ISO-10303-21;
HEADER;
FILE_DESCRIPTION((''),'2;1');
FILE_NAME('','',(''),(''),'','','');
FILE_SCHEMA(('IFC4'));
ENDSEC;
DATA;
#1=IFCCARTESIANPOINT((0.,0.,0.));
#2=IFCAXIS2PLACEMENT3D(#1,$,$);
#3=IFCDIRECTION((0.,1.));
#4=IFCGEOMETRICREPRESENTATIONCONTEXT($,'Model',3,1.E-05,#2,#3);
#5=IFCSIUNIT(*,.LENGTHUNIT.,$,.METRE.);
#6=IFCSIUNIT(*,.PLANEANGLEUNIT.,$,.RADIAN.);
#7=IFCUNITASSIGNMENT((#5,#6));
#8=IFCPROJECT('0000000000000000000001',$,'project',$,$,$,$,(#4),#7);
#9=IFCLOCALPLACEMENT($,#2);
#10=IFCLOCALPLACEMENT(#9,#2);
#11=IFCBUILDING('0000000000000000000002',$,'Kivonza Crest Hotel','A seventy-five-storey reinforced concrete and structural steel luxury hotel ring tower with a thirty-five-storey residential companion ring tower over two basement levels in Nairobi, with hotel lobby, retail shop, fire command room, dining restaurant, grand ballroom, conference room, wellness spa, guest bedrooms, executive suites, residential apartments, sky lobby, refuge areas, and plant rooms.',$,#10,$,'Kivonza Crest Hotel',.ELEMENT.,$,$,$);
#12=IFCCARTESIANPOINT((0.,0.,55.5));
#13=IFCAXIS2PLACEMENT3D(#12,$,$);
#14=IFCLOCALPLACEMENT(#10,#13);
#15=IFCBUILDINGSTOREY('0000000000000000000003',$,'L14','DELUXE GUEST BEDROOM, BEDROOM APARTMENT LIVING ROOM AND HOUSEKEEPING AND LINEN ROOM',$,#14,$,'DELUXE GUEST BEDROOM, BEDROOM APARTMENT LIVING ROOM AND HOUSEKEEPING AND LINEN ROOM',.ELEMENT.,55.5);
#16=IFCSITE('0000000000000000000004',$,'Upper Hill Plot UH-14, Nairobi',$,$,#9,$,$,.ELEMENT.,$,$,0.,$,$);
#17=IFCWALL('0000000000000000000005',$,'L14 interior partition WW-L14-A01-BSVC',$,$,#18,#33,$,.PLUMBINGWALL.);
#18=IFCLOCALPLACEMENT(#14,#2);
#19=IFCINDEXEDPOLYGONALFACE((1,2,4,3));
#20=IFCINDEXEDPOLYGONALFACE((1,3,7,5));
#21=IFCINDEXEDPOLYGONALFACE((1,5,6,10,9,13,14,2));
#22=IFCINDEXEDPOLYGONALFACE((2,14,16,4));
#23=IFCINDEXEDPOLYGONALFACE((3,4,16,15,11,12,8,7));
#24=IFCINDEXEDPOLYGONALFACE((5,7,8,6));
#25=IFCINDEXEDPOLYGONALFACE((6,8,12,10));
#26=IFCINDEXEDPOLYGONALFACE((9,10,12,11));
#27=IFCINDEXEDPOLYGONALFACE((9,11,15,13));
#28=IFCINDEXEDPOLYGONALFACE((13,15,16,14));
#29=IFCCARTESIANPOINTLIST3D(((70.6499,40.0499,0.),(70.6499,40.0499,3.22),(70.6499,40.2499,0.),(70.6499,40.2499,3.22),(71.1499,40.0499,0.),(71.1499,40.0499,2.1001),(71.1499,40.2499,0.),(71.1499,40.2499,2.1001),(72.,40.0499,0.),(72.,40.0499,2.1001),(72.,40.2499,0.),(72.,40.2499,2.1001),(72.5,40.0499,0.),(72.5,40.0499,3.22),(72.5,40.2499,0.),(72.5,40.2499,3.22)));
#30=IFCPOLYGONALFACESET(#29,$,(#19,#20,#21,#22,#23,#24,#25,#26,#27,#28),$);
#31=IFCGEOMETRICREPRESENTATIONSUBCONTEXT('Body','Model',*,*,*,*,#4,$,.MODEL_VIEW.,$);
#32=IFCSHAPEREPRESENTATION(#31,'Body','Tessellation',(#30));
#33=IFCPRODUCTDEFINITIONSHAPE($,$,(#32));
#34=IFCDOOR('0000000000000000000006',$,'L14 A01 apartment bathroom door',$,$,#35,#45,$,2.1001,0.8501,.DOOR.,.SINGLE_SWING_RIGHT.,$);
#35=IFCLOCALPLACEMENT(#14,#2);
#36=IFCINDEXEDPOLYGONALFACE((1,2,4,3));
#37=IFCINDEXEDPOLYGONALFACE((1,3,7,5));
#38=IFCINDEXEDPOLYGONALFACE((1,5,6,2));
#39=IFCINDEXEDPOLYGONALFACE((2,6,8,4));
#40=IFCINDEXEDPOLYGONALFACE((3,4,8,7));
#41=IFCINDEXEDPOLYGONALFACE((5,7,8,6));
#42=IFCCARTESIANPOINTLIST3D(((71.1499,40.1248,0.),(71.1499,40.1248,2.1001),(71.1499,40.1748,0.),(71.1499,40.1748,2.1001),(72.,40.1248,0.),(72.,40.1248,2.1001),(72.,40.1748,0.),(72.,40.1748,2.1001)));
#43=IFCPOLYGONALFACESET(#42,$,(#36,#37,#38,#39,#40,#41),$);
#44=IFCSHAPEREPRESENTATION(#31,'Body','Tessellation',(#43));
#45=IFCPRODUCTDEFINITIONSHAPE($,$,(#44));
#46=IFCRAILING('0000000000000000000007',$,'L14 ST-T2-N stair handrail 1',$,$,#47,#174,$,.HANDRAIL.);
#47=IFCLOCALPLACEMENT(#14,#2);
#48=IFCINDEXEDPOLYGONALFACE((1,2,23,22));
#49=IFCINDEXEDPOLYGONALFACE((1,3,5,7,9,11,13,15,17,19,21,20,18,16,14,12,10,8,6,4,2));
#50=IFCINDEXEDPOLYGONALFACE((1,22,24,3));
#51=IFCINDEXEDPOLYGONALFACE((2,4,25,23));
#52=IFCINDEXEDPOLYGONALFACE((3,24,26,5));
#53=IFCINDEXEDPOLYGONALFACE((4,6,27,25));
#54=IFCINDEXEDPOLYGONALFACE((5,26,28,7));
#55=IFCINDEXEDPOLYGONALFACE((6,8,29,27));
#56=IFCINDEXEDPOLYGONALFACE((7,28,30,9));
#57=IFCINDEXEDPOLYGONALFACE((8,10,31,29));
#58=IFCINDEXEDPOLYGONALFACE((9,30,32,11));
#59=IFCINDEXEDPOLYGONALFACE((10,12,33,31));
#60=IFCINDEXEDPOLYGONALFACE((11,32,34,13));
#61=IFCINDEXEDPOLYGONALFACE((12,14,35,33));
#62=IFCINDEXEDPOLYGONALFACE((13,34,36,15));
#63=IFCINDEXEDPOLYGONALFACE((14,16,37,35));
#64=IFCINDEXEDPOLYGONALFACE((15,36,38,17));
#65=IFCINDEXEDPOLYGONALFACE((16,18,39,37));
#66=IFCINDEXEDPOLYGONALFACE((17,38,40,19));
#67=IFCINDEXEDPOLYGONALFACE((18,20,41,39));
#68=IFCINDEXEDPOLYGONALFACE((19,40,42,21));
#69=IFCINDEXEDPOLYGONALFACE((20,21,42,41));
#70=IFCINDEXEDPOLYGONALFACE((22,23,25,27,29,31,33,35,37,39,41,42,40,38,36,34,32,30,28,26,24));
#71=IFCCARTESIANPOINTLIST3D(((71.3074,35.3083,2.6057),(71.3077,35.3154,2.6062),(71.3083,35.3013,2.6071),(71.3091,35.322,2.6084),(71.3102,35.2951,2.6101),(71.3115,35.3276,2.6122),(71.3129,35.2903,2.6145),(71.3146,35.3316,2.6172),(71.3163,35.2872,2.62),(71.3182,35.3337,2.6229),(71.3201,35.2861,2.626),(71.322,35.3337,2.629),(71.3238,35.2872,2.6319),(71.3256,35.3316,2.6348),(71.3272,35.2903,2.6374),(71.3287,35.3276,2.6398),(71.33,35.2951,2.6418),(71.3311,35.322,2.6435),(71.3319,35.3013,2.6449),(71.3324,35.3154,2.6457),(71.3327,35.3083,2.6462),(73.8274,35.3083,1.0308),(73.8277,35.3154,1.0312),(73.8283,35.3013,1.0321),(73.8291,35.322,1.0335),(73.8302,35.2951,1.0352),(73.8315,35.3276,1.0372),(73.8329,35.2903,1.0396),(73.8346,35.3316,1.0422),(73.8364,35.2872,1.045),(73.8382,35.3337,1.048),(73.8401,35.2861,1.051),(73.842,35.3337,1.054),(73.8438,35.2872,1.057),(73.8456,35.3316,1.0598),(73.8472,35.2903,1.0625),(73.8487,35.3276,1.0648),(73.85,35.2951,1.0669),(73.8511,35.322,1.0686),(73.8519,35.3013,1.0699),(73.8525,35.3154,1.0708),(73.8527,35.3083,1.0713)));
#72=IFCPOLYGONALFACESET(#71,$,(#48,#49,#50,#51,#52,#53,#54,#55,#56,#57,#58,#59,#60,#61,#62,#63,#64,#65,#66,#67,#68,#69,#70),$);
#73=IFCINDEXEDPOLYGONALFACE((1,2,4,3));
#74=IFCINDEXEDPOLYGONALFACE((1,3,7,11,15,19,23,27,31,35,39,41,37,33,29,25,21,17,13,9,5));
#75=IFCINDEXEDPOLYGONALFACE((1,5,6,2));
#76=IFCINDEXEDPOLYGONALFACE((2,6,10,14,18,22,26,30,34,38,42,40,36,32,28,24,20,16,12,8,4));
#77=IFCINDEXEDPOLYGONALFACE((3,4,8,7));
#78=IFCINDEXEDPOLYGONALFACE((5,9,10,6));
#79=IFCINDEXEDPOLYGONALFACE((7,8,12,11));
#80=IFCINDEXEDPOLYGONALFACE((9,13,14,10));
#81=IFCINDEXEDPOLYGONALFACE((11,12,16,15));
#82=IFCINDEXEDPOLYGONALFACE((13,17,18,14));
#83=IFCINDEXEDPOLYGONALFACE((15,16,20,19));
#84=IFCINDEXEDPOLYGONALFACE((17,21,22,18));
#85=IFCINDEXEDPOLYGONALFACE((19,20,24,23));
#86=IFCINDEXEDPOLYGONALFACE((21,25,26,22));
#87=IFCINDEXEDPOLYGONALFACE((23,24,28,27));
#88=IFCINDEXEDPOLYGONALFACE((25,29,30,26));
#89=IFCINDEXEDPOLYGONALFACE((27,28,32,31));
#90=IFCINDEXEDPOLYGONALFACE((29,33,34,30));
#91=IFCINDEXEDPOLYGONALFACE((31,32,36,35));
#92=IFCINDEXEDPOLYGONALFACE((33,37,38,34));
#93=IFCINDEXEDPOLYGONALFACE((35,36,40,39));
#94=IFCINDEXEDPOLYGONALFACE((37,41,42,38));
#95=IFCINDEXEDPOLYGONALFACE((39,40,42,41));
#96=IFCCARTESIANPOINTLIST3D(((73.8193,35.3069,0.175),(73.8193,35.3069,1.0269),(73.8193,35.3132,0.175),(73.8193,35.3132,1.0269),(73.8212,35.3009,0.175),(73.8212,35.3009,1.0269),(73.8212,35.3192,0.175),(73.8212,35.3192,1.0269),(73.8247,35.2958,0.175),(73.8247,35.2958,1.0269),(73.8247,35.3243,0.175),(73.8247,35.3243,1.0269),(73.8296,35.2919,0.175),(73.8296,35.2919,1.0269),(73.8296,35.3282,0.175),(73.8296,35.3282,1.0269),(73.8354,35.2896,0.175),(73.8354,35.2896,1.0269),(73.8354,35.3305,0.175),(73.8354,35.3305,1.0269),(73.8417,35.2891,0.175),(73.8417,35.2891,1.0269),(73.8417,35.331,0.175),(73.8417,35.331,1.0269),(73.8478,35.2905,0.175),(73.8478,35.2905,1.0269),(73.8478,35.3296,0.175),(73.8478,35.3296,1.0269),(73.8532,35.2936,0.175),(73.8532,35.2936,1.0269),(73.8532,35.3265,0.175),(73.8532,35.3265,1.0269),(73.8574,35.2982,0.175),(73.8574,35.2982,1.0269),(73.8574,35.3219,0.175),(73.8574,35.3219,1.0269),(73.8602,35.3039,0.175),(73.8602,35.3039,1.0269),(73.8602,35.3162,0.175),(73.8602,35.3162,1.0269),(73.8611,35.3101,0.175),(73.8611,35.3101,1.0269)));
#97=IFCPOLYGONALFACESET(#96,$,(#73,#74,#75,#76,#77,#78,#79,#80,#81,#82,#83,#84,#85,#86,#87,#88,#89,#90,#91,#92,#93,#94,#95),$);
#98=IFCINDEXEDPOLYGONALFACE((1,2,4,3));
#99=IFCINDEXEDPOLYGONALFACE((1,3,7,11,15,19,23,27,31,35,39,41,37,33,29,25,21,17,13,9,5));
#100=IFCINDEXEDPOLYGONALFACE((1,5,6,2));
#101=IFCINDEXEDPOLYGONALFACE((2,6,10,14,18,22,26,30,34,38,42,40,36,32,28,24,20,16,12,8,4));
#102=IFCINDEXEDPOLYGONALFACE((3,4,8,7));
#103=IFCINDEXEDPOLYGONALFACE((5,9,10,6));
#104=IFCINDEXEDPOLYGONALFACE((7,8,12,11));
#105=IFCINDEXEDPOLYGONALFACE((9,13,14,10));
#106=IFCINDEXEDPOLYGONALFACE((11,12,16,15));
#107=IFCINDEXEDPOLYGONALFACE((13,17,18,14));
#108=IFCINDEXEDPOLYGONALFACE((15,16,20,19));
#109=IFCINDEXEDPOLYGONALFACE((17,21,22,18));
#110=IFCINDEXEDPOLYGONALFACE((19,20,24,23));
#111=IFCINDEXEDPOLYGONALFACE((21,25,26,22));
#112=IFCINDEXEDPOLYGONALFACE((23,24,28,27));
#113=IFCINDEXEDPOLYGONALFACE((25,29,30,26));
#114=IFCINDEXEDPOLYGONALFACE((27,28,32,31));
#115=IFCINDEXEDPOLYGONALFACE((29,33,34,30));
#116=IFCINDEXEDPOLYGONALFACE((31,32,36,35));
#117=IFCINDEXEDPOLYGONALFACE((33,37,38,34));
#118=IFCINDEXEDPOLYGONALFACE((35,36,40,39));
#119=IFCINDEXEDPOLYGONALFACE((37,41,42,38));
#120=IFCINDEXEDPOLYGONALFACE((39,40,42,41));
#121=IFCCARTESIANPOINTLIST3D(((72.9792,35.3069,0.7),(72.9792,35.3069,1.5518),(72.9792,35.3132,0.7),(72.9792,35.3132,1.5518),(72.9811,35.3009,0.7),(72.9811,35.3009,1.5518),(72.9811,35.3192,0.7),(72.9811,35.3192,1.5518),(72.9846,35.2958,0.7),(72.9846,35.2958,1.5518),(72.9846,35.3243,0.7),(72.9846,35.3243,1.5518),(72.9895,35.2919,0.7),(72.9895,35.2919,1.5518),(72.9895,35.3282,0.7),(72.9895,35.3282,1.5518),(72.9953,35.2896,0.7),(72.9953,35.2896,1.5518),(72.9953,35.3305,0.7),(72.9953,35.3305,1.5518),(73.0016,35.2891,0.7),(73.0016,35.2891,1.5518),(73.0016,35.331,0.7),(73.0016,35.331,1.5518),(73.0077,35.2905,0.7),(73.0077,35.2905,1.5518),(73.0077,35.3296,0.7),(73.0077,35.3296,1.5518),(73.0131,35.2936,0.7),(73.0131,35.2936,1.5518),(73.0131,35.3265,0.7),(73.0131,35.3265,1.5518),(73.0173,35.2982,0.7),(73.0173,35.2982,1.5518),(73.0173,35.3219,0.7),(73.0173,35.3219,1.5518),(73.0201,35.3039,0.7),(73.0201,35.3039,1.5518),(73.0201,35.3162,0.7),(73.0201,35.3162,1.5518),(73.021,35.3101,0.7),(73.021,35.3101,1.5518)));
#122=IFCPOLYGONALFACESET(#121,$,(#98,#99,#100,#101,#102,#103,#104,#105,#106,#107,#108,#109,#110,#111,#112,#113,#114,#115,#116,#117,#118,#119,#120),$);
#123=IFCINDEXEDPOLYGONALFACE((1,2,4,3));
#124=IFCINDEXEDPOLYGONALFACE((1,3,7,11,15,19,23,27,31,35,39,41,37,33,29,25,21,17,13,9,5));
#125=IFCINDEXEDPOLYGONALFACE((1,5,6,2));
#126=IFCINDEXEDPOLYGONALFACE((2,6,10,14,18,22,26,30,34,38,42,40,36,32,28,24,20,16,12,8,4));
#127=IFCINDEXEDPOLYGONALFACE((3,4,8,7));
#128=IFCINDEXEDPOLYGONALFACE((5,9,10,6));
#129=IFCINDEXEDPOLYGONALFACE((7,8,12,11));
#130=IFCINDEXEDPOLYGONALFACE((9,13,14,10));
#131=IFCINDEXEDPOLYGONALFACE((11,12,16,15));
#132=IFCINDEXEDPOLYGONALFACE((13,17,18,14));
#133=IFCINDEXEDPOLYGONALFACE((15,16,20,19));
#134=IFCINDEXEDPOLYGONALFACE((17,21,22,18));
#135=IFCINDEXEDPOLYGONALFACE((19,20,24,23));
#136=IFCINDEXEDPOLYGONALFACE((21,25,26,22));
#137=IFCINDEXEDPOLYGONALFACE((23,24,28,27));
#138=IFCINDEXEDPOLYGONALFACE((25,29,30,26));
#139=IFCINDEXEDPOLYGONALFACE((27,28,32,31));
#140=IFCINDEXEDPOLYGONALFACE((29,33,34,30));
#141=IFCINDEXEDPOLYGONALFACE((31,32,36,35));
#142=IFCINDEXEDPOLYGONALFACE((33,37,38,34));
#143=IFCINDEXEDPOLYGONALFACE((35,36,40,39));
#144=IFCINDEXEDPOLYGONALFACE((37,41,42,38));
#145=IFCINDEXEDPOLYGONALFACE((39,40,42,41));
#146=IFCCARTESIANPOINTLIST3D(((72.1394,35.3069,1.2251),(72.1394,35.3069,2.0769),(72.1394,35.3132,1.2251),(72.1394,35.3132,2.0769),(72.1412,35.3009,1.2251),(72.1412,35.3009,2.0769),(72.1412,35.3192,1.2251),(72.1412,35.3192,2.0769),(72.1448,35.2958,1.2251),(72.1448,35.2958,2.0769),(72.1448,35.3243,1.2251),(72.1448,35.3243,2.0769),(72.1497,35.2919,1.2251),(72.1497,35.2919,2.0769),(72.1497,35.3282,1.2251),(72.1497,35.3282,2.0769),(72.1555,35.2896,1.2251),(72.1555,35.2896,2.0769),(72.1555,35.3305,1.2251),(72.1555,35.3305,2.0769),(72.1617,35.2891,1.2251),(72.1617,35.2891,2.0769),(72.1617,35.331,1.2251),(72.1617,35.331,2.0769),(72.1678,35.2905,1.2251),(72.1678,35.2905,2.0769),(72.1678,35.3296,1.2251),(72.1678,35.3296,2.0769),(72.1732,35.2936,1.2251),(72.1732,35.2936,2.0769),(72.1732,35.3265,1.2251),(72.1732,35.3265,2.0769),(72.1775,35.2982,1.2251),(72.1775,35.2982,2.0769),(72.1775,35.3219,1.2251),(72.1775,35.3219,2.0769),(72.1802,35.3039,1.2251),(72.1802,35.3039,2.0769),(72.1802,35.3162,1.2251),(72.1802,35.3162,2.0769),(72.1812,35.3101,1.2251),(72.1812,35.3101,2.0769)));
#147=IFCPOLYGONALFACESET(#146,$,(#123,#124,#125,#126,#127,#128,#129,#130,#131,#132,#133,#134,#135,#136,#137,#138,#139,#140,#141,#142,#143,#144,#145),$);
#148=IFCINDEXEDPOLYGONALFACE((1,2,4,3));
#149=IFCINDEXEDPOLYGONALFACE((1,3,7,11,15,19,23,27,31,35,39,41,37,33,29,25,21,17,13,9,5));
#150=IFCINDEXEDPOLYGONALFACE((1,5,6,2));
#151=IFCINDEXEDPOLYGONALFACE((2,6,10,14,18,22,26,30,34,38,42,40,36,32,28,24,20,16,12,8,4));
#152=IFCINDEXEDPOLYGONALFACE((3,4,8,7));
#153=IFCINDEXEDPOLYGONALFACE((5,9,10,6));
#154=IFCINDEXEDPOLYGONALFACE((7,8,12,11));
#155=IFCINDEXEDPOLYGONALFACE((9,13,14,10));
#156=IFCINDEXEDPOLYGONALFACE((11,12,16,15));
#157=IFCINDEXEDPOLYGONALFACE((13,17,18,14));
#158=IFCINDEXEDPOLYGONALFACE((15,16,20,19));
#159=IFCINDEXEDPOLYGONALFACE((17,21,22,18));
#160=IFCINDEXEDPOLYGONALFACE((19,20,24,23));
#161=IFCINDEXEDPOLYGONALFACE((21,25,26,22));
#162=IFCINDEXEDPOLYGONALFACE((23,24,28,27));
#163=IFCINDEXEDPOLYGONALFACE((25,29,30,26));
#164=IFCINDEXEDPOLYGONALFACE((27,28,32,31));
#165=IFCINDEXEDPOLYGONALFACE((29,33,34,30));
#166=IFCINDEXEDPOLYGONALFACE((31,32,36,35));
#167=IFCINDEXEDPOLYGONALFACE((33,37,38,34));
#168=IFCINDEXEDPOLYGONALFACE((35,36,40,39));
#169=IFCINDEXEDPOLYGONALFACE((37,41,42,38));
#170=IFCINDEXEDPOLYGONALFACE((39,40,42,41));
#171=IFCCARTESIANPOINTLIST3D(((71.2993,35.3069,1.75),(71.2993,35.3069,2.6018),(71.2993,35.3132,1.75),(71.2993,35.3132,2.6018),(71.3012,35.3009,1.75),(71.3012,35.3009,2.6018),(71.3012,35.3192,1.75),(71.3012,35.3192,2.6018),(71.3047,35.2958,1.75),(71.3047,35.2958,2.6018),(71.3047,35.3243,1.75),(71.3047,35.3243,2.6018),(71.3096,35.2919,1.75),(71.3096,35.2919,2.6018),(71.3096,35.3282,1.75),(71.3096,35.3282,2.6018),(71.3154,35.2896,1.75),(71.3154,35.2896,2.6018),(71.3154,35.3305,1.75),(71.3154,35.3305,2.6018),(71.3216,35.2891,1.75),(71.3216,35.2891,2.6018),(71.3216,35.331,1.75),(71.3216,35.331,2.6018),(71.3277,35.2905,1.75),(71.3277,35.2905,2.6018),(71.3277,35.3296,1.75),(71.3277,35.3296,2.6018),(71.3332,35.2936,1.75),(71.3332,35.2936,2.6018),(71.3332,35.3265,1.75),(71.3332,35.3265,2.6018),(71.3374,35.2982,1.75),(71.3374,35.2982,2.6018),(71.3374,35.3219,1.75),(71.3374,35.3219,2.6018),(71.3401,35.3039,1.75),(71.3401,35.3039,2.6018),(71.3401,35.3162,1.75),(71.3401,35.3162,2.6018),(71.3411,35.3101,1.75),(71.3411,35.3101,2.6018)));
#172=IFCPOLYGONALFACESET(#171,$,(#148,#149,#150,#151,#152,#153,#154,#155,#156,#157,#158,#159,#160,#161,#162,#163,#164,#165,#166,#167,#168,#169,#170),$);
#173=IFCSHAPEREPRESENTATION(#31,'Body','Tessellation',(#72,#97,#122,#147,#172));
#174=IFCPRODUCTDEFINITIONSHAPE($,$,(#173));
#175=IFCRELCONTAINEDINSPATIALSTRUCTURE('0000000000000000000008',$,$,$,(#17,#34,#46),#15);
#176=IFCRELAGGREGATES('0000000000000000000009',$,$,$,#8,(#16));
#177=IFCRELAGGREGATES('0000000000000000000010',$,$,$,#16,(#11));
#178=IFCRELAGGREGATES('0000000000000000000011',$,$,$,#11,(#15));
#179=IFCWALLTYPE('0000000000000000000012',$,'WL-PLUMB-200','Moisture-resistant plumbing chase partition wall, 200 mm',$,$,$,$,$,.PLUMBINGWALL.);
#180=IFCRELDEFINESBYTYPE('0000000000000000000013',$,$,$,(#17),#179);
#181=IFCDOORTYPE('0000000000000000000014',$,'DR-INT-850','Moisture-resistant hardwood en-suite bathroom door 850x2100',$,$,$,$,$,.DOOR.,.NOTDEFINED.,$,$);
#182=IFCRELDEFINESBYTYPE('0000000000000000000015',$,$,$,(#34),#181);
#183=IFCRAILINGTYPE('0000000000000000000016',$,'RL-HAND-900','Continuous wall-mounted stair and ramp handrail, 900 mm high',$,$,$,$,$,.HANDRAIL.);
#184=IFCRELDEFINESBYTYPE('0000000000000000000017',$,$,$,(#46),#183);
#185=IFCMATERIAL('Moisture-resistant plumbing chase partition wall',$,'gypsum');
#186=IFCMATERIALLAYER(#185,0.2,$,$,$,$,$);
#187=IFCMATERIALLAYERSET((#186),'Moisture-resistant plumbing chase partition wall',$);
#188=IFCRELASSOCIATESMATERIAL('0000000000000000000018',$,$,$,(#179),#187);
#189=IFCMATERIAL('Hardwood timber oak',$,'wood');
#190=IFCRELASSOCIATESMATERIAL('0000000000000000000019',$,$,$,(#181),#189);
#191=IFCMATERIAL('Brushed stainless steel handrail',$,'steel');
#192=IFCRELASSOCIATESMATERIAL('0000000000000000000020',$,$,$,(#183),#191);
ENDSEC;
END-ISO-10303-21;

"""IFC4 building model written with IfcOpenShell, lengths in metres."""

from ifc_helpers import new_model, si_unit, direction, frame, frame_2d, origin, origin_2d, place, context, subcontext, project, spatial, rectangle, circle, extrude, material, layer, layer_set, type_object, element, fill, save


model = new_model("IFC4")

# Units and contexts
model_context = context("Model", 3, precision=1e-05, world=origin(), true_north=direction((0.0, 1.0)))
body_context = subcontext(model_context, "Body", "Model", "MODEL_VIEW")
ifc_project = project(units=[si_unit("LENGTHUNIT", "METRE"), si_unit("PLANEANGLEUNIT", "RADIAN")], contexts=[model_context])

# Site, building, storey
site_placement = place(None, origin())
site = spatial("IfcSite", under=ifc_project, at=site_placement, Name="Upper Hill Plot UH-14, Nairobi", CompositionType="ELEMENT", RefElevation=0.0)
building_placement = place(site_placement, origin())
building = spatial("IfcBuilding", under=site, at=building_placement, Name="Kivonza Crest Hotel", Description="A seventy-five-storey reinforced concrete and structural steel luxury hotel ring tower with a thirty-five-storey residential companion ring tower over two basement levels in Nairobi, with hotel lobby, retail shop, fire command room, dining restaurant, grand ballroom, conference room, wellness spa, guest bedrooms, executive suites, residential apartments, sky lobby, refuge areas, and plant rooms.", LongName="Kivonza Crest Hotel", CompositionType="ELEMENT")
storey_placement = place(building_placement, frame((0.0, 0.0, 55.5)))
storey = spatial("IfcBuildingStorey", under=building, at=storey_placement, Name="L14", Description="DELUXE GUEST BEDROOM, BEDROOM APARTMENT LIVING ROOM AND HOUSEKEEPING AND LINEN ROOM", LongName="DELUXE GUEST BEDROOM, BEDROOM APARTMENT LIVING ROOM AND HOUSEKEEPING AND LINEN ROOM", CompositionType="ELEMENT", Elevation=55.5)

# Shared definitions
ifc_material_1 = material(Name="Hardwood timber oak", Category="wood")

# Shared definitions
ifc_material_2 = material(Name="Moisture-resistant plumbing chase partition wall", Category="gypsum")
ifc_layer_1 = layer(ifc_material_2, 0.2)
ifc_layer_set_1 = layer_set([ifc_layer_1], Name="Moisture-resistant plumbing chase partition wall")
wall_type_1 = type_object("IfcWallType", Name="WL-PLUMB-200", Description="Moisture-resistant plumbing chase partition wall, 200 mm", PredefinedType="PLUMBINGWALL", material=ifc_layer_set_1)

# Wall, opening, door
wall_1_placement = place(storey_placement, frame((70.6499, 40.1499, 0.0), z_axis=(0.0, 0.0, 1.0), x_axis=(1.0, 0.0, 0.0)))
wall_1 = element("IfcWall", 1, at=wall_1_placement, inside=storey, type_object=wall_type_1, Name="L14 interior partition WW-L14-A01-BSVC", PredefinedType="PLUMBINGWALL", context=body_context, shape_type="SweptSolid", body=[
    extrude(rectangle(XDim=1.8501, YDim=0.2, at=frame_2d((0.925, 0.0))), origin(), (0.0, 0.0, 1.0), 3.22),
])
opening_1_placement = place(wall_1_placement, frame((0.5, 0.0, 0.0)))
opening_1 = element("IfcOpeningElement", 2, at=opening_1_placement, cuts=wall_1, PredefinedType="OPENING", context=body_context, shape_type="SweptSolid", body=[
    extrude(rectangle(XDim=0.8501, YDim=2.1001, at=frame_2d((0.425, 1.05))), frame((0.0, 0.1099, 0.0), z_axis=(0.0, -1.0, 0.0), x_axis=(1.0, 0.0, 0.0)), (0.0, 0.0, 1.0), 0.22),
])
door_type_1 = type_object("IfcDoorType", Name="DR-INT-850", Description="Moisture-resistant hardwood en-suite bathroom door 850x2100", OperationType="NOTDEFINED", PredefinedType="DOOR", material=ifc_material_1)
door_1_placement = place(opening_1_placement, origin())
door_1 = element("IfcDoor", 3, at=door_1_placement, inside=storey, type_object=door_type_1, Name="L14 A01 apartment bathroom door", OperationType="SINGLE_SWING_RIGHT", OverallHeight=2.1001, OverallWidth=0.8501, PredefinedType="DOOR", context=body_context, shape_type="SweptSolid", body=[
    extrude(rectangle(XDim=0.8501, YDim=2.1001, at=frame_2d((0.425, 1.05))), frame((0.0, 0.0249, 0.0), z_axis=(0.0, -1.0, 0.0), x_axis=(1.0, 0.0, 0.0)), (0.0, 0.0, 1.0), 0.05),
])
fill(opening_1, door_1)

# Railing
ifc_material_3 = material(Name="Brushed stainless steel handrail", Category="steel")
railing_type = type_object("IfcRailingType", Name="RL-HAND-900", Description="Continuous wall-mounted stair and ramp handrail, 900 mm high", PredefinedType="HANDRAIL", material=ifc_material_3)
railing_placement = place(storey_placement, frame((73.8401, 35.3101, 0.175)))
element("IfcRailing", 4, at=railing_placement, inside=storey, type_object=railing_type, Name="L14 ST-T2-N stair handrail 1", PredefinedType="HANDRAIL", context=body_context, shape_type="SweptSolid", body=[
    extrude(circle(Radius=0.0239, at=origin_2d()), frame((0.0, 0.0, 0.876), z_axis=(-0.848008, 0.0, 0.529984), x_axis=(0.0, -1.0, 0.0)), (0.0, 0.0, 1.0), 2.9717),
    extrude(circle(Radius=0.021, at=origin_2d()), origin(), (0.0, 0.0, 1.0), 0.8518),
    extrude(circle(Radius=0.021, at=origin_2d()), frame((-0.8401, 0.0, 0.5249)), (0.0, 0.0, 1.0), 0.8518),
    extrude(circle(Radius=0.021, at=origin_2d()), frame((-1.6799, 0.0, 1.05)), (0.0, 0.0, 1.0), 0.8518),
    extrude(circle(Radius=0.021, at=origin_2d()), frame((-2.52, 0.0, 1.575)), (0.0, 0.0, 1.0), 0.8518),
])

save(model, "model.ifc")
